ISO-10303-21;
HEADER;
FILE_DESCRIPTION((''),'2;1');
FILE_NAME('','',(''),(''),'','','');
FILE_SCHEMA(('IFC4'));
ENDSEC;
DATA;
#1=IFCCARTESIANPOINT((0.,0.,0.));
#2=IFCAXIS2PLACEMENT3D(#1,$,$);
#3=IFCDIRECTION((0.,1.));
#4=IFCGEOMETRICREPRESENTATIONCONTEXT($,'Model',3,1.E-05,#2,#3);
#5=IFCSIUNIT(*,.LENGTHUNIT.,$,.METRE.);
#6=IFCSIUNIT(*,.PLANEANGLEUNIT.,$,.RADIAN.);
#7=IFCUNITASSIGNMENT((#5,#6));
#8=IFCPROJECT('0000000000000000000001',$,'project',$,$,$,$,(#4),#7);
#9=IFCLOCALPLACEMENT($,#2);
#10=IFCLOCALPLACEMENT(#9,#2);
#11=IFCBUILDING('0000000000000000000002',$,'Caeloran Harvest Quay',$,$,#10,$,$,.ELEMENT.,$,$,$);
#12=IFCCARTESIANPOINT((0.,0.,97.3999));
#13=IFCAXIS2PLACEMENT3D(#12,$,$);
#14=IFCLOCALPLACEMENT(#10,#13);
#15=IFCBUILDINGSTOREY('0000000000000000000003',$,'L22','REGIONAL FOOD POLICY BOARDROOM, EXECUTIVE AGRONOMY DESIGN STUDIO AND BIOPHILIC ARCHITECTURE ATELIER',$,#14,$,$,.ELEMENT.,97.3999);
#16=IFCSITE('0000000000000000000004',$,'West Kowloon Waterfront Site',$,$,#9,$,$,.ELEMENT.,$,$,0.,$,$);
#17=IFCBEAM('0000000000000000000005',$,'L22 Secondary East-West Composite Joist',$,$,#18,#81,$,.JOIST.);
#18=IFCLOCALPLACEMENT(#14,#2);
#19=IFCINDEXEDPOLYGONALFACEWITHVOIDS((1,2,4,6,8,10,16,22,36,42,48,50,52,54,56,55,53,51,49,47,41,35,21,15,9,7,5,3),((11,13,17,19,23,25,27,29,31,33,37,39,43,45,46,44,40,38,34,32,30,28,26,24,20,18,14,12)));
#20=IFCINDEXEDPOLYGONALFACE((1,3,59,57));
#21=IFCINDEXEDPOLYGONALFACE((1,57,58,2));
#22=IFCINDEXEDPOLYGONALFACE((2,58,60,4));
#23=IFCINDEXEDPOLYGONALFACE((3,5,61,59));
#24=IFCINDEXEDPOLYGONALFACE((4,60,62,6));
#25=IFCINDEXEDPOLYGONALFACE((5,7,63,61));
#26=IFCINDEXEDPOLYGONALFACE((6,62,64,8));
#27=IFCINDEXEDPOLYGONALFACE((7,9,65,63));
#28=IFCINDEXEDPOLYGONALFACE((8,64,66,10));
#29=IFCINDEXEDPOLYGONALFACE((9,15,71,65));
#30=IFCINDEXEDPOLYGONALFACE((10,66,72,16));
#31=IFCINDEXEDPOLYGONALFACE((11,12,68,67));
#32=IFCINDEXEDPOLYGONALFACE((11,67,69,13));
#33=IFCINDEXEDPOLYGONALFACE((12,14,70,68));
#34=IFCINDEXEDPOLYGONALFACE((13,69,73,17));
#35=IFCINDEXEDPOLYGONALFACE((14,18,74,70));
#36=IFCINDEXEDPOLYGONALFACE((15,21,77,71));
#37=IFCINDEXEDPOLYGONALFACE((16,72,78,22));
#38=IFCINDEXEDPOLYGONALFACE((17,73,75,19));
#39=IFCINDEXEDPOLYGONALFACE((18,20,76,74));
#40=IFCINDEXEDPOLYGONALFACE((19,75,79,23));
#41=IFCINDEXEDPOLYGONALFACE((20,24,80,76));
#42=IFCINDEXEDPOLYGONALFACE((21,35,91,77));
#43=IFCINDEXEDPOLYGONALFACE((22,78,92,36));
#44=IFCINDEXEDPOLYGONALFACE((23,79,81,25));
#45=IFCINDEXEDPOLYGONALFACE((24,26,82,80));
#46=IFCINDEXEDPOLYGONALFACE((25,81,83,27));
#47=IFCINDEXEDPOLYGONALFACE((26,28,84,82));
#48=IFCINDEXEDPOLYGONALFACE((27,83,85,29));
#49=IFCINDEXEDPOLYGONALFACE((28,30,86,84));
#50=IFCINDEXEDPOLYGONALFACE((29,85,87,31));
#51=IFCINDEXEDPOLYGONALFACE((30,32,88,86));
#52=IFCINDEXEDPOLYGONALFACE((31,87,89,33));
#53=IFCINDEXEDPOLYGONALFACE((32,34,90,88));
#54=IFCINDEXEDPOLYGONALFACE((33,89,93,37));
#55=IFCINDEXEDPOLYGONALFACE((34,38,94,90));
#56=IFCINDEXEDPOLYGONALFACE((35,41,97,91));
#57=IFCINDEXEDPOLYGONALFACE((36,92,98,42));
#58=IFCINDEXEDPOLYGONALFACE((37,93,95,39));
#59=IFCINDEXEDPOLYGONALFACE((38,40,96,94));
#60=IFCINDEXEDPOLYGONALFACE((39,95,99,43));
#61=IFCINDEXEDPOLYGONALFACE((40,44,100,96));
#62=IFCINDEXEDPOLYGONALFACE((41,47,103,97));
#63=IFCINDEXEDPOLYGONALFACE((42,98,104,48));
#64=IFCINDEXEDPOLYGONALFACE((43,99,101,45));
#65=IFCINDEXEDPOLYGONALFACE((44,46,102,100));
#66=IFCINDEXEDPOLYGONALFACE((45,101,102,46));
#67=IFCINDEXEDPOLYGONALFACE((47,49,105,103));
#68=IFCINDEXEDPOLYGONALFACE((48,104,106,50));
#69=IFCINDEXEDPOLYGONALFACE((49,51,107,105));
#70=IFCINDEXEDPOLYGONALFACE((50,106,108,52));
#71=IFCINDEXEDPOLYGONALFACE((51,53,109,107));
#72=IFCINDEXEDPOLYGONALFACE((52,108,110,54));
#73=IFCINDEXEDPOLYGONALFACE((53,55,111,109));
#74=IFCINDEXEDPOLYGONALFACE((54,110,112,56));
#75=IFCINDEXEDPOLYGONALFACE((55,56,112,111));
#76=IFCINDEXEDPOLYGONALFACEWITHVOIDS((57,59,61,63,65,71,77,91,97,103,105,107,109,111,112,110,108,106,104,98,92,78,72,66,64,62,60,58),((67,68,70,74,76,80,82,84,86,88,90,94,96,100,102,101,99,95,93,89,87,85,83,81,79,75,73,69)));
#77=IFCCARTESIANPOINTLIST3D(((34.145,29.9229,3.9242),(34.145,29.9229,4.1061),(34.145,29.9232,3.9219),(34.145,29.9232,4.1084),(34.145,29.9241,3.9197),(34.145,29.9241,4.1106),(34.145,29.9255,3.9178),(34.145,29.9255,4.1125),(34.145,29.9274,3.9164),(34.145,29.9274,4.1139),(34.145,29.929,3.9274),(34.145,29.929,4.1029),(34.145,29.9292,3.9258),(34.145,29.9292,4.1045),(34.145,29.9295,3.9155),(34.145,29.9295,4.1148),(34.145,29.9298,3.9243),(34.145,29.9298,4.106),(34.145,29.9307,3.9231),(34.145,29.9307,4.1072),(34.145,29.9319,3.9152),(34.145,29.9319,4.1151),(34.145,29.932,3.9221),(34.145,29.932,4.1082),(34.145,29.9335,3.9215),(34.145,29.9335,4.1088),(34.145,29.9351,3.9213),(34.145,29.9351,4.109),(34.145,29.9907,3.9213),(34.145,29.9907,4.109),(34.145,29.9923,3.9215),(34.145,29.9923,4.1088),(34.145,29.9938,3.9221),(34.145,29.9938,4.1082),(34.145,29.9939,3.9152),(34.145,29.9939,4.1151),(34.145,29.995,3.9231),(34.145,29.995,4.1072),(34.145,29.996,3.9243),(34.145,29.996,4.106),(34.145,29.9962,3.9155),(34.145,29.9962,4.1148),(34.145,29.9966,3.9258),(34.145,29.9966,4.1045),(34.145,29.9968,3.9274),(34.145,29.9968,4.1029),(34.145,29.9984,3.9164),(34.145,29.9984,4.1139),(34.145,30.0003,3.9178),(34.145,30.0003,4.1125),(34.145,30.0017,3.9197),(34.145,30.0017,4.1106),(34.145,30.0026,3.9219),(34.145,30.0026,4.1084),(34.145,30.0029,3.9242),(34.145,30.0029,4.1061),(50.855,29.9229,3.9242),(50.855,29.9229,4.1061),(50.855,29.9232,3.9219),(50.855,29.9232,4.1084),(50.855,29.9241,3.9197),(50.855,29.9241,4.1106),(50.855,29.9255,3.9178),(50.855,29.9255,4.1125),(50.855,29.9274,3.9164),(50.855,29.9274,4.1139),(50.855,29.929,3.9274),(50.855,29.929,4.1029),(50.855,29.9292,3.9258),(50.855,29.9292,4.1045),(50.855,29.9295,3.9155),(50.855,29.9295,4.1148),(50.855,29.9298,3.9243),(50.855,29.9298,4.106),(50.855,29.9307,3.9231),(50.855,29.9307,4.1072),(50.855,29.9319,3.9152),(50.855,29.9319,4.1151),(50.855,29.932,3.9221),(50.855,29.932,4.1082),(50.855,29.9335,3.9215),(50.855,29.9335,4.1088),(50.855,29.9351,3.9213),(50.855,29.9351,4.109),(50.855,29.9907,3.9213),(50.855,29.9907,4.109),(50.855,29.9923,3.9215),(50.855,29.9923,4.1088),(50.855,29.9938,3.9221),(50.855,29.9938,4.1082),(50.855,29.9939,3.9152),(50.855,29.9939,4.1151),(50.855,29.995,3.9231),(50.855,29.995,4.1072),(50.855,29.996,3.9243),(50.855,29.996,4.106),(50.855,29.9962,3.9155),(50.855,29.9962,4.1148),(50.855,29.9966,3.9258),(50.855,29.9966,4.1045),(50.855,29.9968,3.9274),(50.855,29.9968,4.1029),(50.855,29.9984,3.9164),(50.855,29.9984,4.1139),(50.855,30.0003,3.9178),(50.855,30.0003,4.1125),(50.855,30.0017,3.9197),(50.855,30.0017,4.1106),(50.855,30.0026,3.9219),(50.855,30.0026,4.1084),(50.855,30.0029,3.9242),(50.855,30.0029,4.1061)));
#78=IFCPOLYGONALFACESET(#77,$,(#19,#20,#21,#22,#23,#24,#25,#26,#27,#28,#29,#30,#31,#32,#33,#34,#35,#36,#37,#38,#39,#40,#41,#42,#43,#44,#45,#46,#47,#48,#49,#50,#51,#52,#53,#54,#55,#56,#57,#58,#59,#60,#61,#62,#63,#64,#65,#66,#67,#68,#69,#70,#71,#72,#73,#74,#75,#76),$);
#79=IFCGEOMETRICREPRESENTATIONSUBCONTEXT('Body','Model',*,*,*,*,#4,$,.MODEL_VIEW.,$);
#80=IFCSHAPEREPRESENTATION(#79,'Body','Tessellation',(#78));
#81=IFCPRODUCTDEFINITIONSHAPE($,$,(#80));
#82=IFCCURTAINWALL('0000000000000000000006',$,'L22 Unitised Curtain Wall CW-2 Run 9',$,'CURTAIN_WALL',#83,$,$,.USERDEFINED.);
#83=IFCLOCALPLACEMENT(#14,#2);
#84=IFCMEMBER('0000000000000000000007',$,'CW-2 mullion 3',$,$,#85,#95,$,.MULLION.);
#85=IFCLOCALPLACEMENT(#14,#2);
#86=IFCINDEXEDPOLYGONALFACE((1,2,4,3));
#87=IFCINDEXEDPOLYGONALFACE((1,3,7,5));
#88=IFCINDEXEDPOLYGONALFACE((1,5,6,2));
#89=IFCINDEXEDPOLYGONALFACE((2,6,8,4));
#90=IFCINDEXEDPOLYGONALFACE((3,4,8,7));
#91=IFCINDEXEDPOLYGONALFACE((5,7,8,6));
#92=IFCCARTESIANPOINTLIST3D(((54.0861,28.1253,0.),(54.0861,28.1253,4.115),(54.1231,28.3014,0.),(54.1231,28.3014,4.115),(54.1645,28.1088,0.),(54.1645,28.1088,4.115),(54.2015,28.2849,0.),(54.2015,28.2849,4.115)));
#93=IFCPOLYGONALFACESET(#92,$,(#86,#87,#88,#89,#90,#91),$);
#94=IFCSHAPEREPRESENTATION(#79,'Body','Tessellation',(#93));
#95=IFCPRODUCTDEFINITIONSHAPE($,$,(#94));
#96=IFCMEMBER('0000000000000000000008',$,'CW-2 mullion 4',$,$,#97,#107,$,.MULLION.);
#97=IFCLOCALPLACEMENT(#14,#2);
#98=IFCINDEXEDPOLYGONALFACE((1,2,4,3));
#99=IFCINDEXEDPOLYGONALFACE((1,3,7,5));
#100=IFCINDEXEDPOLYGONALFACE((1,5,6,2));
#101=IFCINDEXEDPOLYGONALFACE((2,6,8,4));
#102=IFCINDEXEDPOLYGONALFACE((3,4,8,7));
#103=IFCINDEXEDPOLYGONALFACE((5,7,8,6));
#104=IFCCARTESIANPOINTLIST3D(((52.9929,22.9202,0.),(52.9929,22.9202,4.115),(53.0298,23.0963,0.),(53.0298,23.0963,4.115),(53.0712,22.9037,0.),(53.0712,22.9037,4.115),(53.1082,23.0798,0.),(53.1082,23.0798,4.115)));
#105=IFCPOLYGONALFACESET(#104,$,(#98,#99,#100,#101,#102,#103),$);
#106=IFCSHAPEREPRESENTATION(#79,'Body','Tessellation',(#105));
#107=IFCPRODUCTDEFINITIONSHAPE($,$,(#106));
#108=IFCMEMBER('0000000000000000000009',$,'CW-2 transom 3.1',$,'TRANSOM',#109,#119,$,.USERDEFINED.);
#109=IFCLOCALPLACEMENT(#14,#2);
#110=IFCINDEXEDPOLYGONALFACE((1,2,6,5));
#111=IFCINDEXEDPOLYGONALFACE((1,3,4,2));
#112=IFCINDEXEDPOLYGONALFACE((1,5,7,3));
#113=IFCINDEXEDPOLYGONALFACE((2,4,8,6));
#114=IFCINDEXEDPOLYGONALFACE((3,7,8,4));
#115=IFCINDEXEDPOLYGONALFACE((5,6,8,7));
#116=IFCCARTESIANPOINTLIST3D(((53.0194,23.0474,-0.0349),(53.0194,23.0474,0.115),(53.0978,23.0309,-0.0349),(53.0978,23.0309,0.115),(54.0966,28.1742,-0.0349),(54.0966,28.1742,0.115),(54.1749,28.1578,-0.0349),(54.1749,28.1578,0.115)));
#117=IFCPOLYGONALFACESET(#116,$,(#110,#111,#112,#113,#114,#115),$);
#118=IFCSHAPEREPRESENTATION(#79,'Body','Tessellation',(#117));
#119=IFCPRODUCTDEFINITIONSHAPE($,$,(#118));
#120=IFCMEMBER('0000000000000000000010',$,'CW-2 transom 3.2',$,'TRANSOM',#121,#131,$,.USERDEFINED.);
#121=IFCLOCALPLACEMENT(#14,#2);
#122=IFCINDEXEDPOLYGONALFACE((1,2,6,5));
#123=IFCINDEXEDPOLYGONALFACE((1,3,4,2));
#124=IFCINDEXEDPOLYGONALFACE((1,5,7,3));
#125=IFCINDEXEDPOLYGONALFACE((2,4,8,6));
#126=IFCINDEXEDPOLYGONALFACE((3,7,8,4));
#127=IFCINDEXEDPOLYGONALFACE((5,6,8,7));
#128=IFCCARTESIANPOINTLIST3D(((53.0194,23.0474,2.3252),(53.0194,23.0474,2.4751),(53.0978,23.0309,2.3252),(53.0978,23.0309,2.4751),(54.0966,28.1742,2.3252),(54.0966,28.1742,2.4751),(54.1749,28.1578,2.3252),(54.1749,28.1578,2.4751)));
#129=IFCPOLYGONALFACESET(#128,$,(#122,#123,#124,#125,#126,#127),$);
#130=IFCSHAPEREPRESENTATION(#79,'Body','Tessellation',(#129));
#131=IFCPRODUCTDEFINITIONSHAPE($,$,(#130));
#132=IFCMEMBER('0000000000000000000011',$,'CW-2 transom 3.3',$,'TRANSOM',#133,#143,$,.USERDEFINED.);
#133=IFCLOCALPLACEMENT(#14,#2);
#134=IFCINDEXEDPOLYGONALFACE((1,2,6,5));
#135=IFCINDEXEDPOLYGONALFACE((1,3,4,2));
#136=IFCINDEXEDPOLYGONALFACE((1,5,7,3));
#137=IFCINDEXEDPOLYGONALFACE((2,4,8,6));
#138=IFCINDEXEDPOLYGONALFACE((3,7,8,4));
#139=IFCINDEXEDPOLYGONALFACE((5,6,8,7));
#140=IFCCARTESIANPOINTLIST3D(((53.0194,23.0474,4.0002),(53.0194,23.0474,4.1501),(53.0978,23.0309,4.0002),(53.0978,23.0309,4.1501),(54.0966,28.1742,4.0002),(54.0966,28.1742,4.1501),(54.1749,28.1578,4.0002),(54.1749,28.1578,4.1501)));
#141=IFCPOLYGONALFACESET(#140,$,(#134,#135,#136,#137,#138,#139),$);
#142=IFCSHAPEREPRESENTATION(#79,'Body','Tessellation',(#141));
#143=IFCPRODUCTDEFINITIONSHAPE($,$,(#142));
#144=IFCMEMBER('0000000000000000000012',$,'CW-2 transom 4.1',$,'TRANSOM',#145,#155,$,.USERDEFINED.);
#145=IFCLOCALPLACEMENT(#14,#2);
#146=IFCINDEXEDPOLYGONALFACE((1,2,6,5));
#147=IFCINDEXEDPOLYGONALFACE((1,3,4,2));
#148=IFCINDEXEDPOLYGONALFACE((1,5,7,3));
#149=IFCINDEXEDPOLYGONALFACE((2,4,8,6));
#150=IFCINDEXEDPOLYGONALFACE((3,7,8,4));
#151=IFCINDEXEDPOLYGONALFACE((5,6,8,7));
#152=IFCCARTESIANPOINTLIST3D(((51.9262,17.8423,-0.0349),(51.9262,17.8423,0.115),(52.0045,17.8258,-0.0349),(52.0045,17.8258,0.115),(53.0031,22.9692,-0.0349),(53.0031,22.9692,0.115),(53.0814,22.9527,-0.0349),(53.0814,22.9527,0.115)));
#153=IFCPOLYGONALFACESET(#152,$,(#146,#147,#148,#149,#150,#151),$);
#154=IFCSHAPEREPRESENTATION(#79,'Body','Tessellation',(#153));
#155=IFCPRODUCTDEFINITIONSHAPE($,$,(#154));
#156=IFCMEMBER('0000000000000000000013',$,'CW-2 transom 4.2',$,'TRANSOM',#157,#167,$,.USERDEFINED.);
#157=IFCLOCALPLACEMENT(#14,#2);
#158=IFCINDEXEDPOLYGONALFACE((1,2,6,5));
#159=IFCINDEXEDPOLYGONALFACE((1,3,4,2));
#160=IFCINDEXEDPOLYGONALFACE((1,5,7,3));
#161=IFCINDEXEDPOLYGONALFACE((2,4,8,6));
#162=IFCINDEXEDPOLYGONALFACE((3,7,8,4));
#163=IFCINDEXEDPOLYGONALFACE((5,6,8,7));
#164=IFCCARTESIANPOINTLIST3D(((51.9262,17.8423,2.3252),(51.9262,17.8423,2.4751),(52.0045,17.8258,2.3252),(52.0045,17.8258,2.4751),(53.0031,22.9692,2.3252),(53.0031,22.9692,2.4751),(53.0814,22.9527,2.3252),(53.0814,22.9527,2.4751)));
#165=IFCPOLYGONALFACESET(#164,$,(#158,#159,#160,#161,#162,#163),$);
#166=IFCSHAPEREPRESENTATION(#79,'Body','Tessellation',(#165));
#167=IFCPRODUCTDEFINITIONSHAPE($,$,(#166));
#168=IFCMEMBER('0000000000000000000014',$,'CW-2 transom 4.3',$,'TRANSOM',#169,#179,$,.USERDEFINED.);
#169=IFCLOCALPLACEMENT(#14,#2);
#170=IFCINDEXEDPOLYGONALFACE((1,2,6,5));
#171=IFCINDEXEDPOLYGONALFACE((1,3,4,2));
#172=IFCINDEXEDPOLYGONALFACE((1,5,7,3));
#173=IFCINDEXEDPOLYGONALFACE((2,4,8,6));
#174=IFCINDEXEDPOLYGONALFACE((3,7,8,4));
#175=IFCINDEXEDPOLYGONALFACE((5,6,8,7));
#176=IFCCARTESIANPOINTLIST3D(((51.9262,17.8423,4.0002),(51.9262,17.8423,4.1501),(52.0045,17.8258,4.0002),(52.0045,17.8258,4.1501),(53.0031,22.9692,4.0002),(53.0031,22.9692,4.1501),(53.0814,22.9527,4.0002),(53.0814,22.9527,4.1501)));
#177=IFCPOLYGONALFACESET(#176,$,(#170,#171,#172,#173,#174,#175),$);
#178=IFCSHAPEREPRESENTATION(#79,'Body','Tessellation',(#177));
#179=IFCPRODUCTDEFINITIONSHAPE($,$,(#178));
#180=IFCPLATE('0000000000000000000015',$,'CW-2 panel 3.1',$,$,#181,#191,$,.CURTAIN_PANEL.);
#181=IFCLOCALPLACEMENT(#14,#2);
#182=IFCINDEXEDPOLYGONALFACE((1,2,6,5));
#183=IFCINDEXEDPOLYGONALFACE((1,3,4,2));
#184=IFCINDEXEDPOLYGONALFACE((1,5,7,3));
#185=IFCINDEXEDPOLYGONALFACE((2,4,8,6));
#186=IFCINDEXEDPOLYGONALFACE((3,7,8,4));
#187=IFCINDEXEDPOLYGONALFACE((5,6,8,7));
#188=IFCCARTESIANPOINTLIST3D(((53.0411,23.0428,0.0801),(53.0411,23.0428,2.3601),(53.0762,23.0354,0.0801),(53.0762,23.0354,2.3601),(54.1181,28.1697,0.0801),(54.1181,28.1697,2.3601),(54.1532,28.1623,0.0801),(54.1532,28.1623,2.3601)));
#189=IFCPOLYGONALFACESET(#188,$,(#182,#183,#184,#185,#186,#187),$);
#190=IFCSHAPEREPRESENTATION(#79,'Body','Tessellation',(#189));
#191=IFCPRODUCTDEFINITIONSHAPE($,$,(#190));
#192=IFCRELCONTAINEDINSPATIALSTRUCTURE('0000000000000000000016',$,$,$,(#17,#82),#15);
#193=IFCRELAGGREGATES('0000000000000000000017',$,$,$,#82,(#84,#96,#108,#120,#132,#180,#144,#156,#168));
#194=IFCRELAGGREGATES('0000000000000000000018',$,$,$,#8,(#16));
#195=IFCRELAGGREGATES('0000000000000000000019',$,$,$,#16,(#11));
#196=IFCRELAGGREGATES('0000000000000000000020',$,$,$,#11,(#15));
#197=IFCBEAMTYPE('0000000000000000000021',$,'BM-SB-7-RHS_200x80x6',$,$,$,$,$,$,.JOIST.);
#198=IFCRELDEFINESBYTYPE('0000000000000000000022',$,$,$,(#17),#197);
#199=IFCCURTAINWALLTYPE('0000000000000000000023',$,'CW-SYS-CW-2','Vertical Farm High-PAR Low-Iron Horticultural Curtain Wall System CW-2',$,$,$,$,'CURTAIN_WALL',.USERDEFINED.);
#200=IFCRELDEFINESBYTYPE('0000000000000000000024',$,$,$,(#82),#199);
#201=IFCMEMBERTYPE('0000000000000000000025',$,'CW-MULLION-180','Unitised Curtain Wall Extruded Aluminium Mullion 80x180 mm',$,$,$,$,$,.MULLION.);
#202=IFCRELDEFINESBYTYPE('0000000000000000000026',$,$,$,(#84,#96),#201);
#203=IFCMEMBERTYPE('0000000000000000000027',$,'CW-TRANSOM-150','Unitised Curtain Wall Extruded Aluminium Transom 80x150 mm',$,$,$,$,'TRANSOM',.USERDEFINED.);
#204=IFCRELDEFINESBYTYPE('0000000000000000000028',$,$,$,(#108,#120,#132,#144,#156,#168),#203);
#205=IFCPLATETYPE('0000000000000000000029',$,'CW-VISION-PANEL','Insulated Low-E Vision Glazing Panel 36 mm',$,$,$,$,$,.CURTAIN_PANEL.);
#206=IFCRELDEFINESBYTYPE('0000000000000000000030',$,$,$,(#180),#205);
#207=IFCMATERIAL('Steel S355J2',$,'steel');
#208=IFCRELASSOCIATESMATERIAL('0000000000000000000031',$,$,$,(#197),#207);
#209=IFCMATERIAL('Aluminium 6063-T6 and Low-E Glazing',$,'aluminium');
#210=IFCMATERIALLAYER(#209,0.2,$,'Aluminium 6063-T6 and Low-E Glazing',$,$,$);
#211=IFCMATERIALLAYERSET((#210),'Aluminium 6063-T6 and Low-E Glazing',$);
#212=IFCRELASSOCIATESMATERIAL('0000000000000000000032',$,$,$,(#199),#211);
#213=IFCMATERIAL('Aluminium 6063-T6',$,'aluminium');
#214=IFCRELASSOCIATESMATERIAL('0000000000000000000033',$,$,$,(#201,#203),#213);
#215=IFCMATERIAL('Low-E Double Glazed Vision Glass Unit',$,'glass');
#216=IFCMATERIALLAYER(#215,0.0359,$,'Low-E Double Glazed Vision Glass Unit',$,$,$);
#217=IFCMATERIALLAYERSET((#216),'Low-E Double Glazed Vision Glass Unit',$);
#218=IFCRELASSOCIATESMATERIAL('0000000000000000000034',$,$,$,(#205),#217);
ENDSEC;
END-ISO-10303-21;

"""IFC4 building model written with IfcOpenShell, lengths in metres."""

from ifc_helpers import new_model, si_unit, direction, frame, origin, origin_2d, place, context, subcontext, project, spatial, rectangle, hollow_rectangle, extrude, material, layer, layer_set, material_profile, profile_set, type_object, element, aggregate, save


model = new_model("IFC4")

# Units and contexts
model_context = context("Model", 3, precision=1e-05, world=origin(), true_north=direction((0.0, 1.0)))
body_context = subcontext(model_context, "Body", "Model", "MODEL_VIEW")
ifc_project = project(units=[si_unit("LENGTHUNIT", "METRE"), si_unit("PLANEANGLEUNIT", "RADIAN")], contexts=[model_context])

# Site, building, storey
site_placement = place(None, origin())
site = spatial("IfcSite", under=ifc_project, at=site_placement, Name="West Kowloon Waterfront Site", CompositionType="ELEMENT", RefElevation=0.0)
building_placement = place(site_placement, origin())
building = spatial("IfcBuilding", under=site, at=building_placement, Name="Caeloran Harvest Quay", CompositionType="ELEMENT")
storey_placement = place(building_placement, frame((0.0, 0.0, 97.3999)))
storey = spatial("IfcBuildingStorey", under=building, at=storey_placement, Name="L22", Description="REGIONAL FOOD POLICY BOARDROOM, EXECUTIVE AGRONOMY DESIGN STUDIO AND BIOPHILIC ARCHITECTURE ATELIER", CompositionType="ELEMENT", Elevation=97.3999)

# Beam
ifc_material_1 = material(Name="Steel S355J2", Category="steel")
ifc_material_profile_1 = material_profile(ifc_material_1, hollow_rectangle(XDim=0.0801, YDim=0.2, WallThickness=0.0061, InnerFilletRadius=0.0061, OuterFilletRadius=0.009, at=origin_2d()), Name="RHS 200x80x6")
ifc_profile_set_1 = profile_set([ifc_material_profile_1], Name="Steel S355J2")
beam_type_1 = type_object("IfcBeamType", Name="BM-SB-7-RHS_200x80x6", PredefinedType="JOIST", material=ifc_profile_set_1)
for number, where, z_axis, x_axis, name in (
    (1, (34.145, 29.9629, 4.0151), (1.0, 0.0, 0.0), (0.0, 1.0, 0.0), "L22 Secondary East-West Composite Joist"),
):
    element("IfcBeam", number, at=place(storey_placement, frame(where, z_axis=z_axis, x_axis=x_axis)), inside=storey, type_object=beam_type_1, Name=name, PredefinedType="JOIST", context=body_context, shape_type="SweptSolid", body=[
        extrude(hollow_rectangle(XDim=0.0801, YDim=0.2, WallThickness=0.0061, InnerFilletRadius=0.0061, OuterFilletRadius=0.009, at=origin_2d()), origin(), (0.0, 0.0, 1.0), 16.71),
    ])

# Curtain wall, members, plate
ifc_material_2 = material(Name="Aluminium 6063-T6 and Low-E Glazing", Category="aluminium")
ifc_layer_1 = layer(ifc_material_2, 0.2, Name="Aluminium 6063-T6 and Low-E Glazing")
ifc_layer_set_1 = layer_set([ifc_layer_1], Name="Aluminium 6063-T6 and Low-E Glazing")
curtain_wall_type = type_object("IfcCurtainWallType", Name="CW-SYS-CW-2", Description="Vertical Farm High-PAR Low-Iron Horticultural Curtain Wall System CW-2", ElementType="CURTAIN_WALL", PredefinedType="USERDEFINED", material=ifc_layer_set_1)
curtain_wall_placement = place(storey_placement, origin())
curtain_wall = element("IfcCurtainWall", 2, at=curtain_wall_placement, inside=storey, type_object=curtain_wall_type, Name="L22 Unitised Curtain Wall CW-2 Run 9", ObjectType="CURTAIN_WALL", PredefinedType="USERDEFINED")
ifc_material_3 = material(Name="Aluminium 6063-T6", Category="aluminium")
ifc_material_profile_2 = material_profile(ifc_material_3, rectangle(XDim=0.0801, YDim=0.1799, at=origin_2d()), Name="CW-MULLION-180")
ifc_profile_set_2 = profile_set([ifc_material_profile_2], Name="Aluminium 6063-T6")
member_type_1 = type_object("IfcMemberType", Name="CW-MULLION-180", Description="Unitised Curtain Wall Extruded Aluminium Mullion 80x180 mm", PredefinedType="MULLION", material=ifc_profile_set_2)
member_1_placement = place(storey_placement, frame((54.1438, 28.2051, 0.0), z_axis=(0.0, 0.0, 1.0), x_axis=(0.97864, -0.205583, 0.0)))
member_1 = element("IfcMember", 3, at=member_1_placement, type_object=member_type_1, Name="CW-2 mullion 3", PredefinedType="MULLION", context=body_context, shape_type="SweptSolid", body=[
    extrude(rectangle(XDim=0.0801, YDim=0.1799, at=origin_2d()), origin(), (0.0, 0.0, 1.0), 4.115),
])
member_2_placement = place(storey_placement, frame((53.0505, 23.0, 0.0), z_axis=(0.0, 0.0, 1.0), x_axis=(0.97864, -0.205583, 0.0)))
member_2 = element("IfcMember", 4, at=member_2_placement, type_object=member_type_1, Name="CW-2 mullion 4", PredefinedType="MULLION", context=body_context, shape_type="SweptSolid", body=[
    extrude(rectangle(XDim=0.0801, YDim=0.1799, at=origin_2d()), origin(), (0.0, 0.0, 1.0), 4.115),
])
ifc_material_profile_3 = material_profile(ifc_material_3, rectangle(XDim=0.0801, YDim=0.1499, at=origin_2d()), Name="CW-TRANSOM-150")
ifc_profile_set_3 = profile_set([ifc_material_profile_3], Name="Aluminium 6063-T6")
member_type_2 = type_object("IfcMemberType", Name="CW-TRANSOM-150", Description="Unitised Curtain Wall Extruded Aluminium Transom 80x150 mm", ElementType="TRANSOM", PredefinedType="USERDEFINED", material=ifc_profile_set_3)
member_3_placement = place(storey_placement, frame((54.1357, 28.166, 0.04), z_axis=(-0.205607, -0.978635, 0.0), x_axis=(0.978635, -0.205607, 0.0)))
member_3 = element("IfcMember", 5, at=member_3_placement, type_object=member_type_2, Name="CW-2 transom 3.1", ObjectType="TRANSOM", PredefinedType="USERDEFINED", context=body_context, shape_type="SweptSolid", body=[
    extrude(rectangle(XDim=0.0801, YDim=0.1499, at=origin_2d()), origin(), (0.0, 0.0, 1.0), 5.2388),
])
member_4_placement = place(storey_placement, frame((54.1357, 28.166, 2.4001), z_axis=(-0.205607, -0.978635, 0.0), x_axis=(0.978635, -0.205607, 0.0)))
member_4 = element("IfcMember", 6, at=member_4_placement, type_object=member_type_2, Name="CW-2 transom 3.2", ObjectType="TRANSOM", PredefinedType="USERDEFINED", context=body_context, shape_type="SweptSolid", body=[
    extrude(rectangle(XDim=0.0801, YDim=0.1499, at=origin_2d()), origin(), (0.0, 0.0, 1.0), 5.2388),
])
member_5_placement = place(storey_placement, frame((54.1357, 28.166, 4.0752), z_axis=(-0.205607, -0.978635, 0.0), x_axis=(0.978635, -0.205607, 0.0)))
member_5 = element("IfcMember", 7, at=member_5_placement, type_object=member_type_2, Name="CW-2 transom 3.3", ObjectType="TRANSOM", PredefinedType="USERDEFINED", context=body_context, shape_type="SweptSolid", body=[
    extrude(rectangle(XDim=0.0801, YDim=0.1499, at=origin_2d()), origin(), (0.0, 0.0, 1.0), 5.2388),
])
member_6_placement = place(storey_placement, frame((53.0422, 22.9609, 0.04), z_axis=(-0.205562, -0.978644, 0.0), x_axis=(0.978644, -0.205562, 0.0)))
member_6 = element("IfcMember", 8, at=member_6_placement, type_object=member_type_2, Name="CW-2 transom 4.1", ObjectType="TRANSOM", PredefinedType="USERDEFINED", context=body_context, shape_type="SweptSolid", body=[
    extrude(rectangle(XDim=0.0801, YDim=0.1499, at=origin_2d()), origin(), (0.0, 0.0, 1.0), 5.2388),
])
member_7_placement = place(storey_placement, frame((53.0422, 22.9609, 2.4001), z_axis=(-0.205562, -0.978644, 0.0), x_axis=(0.978644, -0.205562, 0.0)))
member_7 = element("IfcMember", 9, at=member_7_placement, type_object=member_type_2, Name="CW-2 transom 4.2", ObjectType="TRANSOM", PredefinedType="USERDEFINED", context=body_context, shape_type="SweptSolid", body=[
    extrude(rectangle(XDim=0.0801, YDim=0.1499, at=origin_2d()), origin(), (0.0, 0.0, 1.0), 5.2388),
])
member_8_placement = place(storey_placement, frame((53.0422, 22.9609, 4.0752), z_axis=(-0.205562, -0.978644, 0.0), x_axis=(0.978644, -0.205562, 0.0)))
member_8 = element("IfcMember", 10, at=member_8_placement, type_object=member_type_2, Name="CW-2 transom 4.3", ObjectType="TRANSOM", PredefinedType="USERDEFINED", context=body_context, shape_type="SweptSolid", body=[
    extrude(rectangle(XDim=0.0801, YDim=0.1499, at=origin_2d()), origin(), (0.0, 0.0, 1.0), 5.2388),
])
ifc_material_4 = material(Name="Low-E Double Glazed Vision Glass Unit", Category="glass")
ifc_layer_2 = layer(ifc_material_4, 0.0359, Name="Low-E Double Glazed Vision Glass Unit")
ifc_layer_set_2 = layer_set([ifc_layer_2], Name="Low-E Double Glazed Vision Glass Unit")
plate_type = type_object("IfcPlateType", Name="CW-VISION-PANEL", Description="Insulated Low-E Vision Glazing Panel 36 mm", PredefinedType="CURTAIN_PANEL", material=ifc_layer_set_2)
plate_1_placement = place(storey_placement, frame((53.5972, 25.6025, 0.0801), z_axis=(0.0, 0.0, 1.0), x_axis=(-0.205583, -0.97864, 0.0)))
plate_1 = element("IfcPlate", 11, at=plate_1_placement, type_object=plate_type, Name="CW-2 panel 3.1", PredefinedType="CURTAIN_PANEL", context=body_context, shape_type="SweptSolid", body=[
    extrude(rectangle(XDim=5.2388, YDim=0.0359, at=origin_2d()), origin(), (0.0, 0.0, 1.0), 2.28),
])
aggregate(curtain_wall, [member_1, member_2, member_3, member_4, member_5, plate_1, member_6, member_7, member_8])

save(model, "model.ifc")
